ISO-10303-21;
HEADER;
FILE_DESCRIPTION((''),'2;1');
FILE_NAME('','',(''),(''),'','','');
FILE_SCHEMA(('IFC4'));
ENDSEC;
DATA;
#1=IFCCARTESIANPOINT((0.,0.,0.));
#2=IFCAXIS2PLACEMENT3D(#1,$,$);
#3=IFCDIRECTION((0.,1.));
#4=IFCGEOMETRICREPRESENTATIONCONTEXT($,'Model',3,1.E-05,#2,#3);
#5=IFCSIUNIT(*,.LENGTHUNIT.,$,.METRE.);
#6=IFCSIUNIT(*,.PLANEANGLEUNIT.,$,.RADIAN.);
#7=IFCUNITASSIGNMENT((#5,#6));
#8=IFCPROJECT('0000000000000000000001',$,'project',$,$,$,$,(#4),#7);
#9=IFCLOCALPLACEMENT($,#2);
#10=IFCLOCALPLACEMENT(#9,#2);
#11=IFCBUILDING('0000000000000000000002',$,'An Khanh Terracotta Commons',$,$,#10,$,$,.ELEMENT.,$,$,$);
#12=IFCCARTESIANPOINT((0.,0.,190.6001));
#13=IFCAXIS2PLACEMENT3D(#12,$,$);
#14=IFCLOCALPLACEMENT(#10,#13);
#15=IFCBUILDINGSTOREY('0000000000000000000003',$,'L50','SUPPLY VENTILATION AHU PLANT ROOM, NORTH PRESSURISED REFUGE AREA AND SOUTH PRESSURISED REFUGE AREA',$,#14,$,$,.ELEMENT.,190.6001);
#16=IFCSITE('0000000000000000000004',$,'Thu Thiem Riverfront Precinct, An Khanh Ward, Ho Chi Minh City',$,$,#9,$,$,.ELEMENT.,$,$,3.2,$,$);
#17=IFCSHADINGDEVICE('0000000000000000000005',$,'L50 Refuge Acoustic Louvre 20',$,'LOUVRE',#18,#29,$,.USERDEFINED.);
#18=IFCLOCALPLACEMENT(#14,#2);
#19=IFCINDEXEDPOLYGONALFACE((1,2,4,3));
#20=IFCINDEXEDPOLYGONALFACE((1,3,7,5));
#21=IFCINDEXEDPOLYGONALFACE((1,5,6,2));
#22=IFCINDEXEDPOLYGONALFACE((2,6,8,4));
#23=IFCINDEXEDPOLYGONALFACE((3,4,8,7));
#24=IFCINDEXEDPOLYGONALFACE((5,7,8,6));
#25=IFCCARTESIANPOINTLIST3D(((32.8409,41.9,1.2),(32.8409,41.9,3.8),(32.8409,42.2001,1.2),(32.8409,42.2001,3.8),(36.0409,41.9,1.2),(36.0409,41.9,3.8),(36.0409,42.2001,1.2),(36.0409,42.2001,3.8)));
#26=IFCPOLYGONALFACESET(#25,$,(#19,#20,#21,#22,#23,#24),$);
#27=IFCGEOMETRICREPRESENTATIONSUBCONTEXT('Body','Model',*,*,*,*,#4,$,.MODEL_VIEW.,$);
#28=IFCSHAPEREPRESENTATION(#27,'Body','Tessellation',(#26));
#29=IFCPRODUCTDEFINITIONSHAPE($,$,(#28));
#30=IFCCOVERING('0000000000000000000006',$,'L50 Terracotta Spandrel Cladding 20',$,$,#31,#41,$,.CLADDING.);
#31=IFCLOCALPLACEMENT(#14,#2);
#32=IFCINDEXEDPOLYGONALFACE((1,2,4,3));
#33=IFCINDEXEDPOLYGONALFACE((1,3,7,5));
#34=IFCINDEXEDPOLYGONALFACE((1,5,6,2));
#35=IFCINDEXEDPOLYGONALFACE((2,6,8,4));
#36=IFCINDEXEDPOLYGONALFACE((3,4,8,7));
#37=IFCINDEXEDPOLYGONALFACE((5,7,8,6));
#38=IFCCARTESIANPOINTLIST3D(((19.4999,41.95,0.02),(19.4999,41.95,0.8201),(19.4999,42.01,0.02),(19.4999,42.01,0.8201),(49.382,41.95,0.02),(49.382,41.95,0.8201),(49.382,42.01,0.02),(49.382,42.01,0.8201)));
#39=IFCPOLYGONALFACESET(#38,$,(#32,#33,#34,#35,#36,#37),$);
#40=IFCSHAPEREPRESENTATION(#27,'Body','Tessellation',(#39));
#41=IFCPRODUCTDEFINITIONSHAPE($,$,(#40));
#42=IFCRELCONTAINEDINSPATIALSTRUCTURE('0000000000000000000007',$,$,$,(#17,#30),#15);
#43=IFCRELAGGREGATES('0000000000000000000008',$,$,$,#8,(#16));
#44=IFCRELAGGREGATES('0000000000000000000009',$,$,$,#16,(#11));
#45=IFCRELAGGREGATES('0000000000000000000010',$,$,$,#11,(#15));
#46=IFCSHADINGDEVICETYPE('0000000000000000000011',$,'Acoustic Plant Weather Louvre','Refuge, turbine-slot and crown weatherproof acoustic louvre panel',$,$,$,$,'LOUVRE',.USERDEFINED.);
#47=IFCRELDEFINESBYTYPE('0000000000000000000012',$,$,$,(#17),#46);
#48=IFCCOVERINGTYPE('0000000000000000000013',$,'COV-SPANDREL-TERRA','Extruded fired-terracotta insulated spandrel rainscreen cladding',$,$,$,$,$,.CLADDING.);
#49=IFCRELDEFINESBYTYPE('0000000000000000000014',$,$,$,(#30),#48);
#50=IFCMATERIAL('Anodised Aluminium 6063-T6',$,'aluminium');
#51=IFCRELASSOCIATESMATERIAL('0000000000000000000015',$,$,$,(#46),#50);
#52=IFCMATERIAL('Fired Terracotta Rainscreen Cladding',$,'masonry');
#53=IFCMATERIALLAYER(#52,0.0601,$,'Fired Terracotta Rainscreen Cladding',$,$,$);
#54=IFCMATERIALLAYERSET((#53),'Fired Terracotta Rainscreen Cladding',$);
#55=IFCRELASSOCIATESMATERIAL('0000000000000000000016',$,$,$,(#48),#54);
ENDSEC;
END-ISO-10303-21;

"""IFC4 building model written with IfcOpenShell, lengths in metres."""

from ifc_helpers import new_model, si_unit, direction, frame, origin, origin_2d, place, context, subcontext, project, spatial, rectangle, extrude, material, layer, layer_set, type_object, element, save


model = new_model("IFC4")

# Units and contexts
model_context = context("Model", 3, precision=1e-05, world=origin(), true_north=direction((0.0, 1.0)))
body_context = subcontext(model_context, "Body", "Model", "MODEL_VIEW")
ifc_project = project(units=[si_unit("LENGTHUNIT", "METRE"), si_unit("PLANEANGLEUNIT", "RADIAN")], contexts=[model_context])

# Site, building, storey
site_placement = place(None, origin())
site = spatial("IfcSite", under=ifc_project, at=site_placement, Name="Thu Thiem Riverfront Precinct, An Khanh Ward, Ho Chi Minh City", CompositionType="ELEMENT", RefElevation=3.2)
building_placement = place(site_placement, origin())
building = spatial("IfcBuilding", under=site, at=building_placement, Name="An Khanh Terracotta Commons", CompositionType="ELEMENT")
storey_placement = place(building_placement, frame((0.0, 0.0, 190.6001)))
storey = spatial("IfcBuildingStorey", under=building, at=storey_placement, Name="L50", Description="SUPPLY VENTILATION AHU PLANT ROOM, NORTH PRESSURISED REFUGE AREA AND SOUTH PRESSURISED REFUGE AREA", CompositionType="ELEMENT", Elevation=190.6001)

# Shading device
ifc_material_1 = material(Name="Anodised Aluminium 6063-T6", Category="aluminium")
shading_device_type = type_object("IfcShadingDeviceType", Name="Acoustic Plant Weather Louvre", Description="Refuge, turbine-slot and crown weatherproof acoustic louvre panel", ElementType="LOUVRE", PredefinedType="USERDEFINED", material=ifc_material_1)
shading_device_placement = place(storey_placement, frame((34.4409, 42.05, 1.2), z_axis=(0.0, 0.0, 1.0), x_axis=(-1.0, 0.0, 0.0)))
element("IfcShadingDevice", 1, at=shading_device_placement, inside=storey, type_object=shading_device_type, Name="L50 Refuge Acoustic Louvre 20", ObjectType="LOUVRE", PredefinedType="USERDEFINED", context=body_context, shape_type="SweptSolid", body=[
    extrude(rectangle(XDim=3.2, YDim=0.3, at=origin_2d()), origin(), (0.0, 0.0, 1.0), 2.6001),
])

# Covering
ifc_material_2 = material(Name="Fired Terracotta Rainscreen Cladding", Category="masonry")
ifc_layer_1 = layer(ifc_material_2, 0.0601, Name="Fired Terracotta Rainscreen Cladding")
ifc_layer_set_1 = layer_set([ifc_layer_1], Name="Fired Terracotta Rainscreen Cladding")
covering_type = type_object("IfcCoveringType", Name="COV-SPANDREL-TERRA", Description="Extruded fired-terracotta insulated spandrel rainscreen cladding", PredefinedType="CLADDING", material=ifc_layer_set_1)
covering_placement = place(storey_placement, frame((34.4409, 41.98, 0.02), z_axis=(0.0, 0.0, 1.0), x_axis=(-1.0, 0.0, 0.0)))
element("IfcCovering", 2, at=covering_placement, inside=storey, type_object=covering_type, Name="L50 Terracotta Spandrel Cladding 20", PredefinedType="CLADDING", context=body_context, shape_type="SweptSolid", body=[
    extrude(rectangle(XDim=29.8821, YDim=0.0601, at=origin_2d()), origin(), (0.0, 0.0, 1.0), 0.8),
])

save(model, "model.ifc")
